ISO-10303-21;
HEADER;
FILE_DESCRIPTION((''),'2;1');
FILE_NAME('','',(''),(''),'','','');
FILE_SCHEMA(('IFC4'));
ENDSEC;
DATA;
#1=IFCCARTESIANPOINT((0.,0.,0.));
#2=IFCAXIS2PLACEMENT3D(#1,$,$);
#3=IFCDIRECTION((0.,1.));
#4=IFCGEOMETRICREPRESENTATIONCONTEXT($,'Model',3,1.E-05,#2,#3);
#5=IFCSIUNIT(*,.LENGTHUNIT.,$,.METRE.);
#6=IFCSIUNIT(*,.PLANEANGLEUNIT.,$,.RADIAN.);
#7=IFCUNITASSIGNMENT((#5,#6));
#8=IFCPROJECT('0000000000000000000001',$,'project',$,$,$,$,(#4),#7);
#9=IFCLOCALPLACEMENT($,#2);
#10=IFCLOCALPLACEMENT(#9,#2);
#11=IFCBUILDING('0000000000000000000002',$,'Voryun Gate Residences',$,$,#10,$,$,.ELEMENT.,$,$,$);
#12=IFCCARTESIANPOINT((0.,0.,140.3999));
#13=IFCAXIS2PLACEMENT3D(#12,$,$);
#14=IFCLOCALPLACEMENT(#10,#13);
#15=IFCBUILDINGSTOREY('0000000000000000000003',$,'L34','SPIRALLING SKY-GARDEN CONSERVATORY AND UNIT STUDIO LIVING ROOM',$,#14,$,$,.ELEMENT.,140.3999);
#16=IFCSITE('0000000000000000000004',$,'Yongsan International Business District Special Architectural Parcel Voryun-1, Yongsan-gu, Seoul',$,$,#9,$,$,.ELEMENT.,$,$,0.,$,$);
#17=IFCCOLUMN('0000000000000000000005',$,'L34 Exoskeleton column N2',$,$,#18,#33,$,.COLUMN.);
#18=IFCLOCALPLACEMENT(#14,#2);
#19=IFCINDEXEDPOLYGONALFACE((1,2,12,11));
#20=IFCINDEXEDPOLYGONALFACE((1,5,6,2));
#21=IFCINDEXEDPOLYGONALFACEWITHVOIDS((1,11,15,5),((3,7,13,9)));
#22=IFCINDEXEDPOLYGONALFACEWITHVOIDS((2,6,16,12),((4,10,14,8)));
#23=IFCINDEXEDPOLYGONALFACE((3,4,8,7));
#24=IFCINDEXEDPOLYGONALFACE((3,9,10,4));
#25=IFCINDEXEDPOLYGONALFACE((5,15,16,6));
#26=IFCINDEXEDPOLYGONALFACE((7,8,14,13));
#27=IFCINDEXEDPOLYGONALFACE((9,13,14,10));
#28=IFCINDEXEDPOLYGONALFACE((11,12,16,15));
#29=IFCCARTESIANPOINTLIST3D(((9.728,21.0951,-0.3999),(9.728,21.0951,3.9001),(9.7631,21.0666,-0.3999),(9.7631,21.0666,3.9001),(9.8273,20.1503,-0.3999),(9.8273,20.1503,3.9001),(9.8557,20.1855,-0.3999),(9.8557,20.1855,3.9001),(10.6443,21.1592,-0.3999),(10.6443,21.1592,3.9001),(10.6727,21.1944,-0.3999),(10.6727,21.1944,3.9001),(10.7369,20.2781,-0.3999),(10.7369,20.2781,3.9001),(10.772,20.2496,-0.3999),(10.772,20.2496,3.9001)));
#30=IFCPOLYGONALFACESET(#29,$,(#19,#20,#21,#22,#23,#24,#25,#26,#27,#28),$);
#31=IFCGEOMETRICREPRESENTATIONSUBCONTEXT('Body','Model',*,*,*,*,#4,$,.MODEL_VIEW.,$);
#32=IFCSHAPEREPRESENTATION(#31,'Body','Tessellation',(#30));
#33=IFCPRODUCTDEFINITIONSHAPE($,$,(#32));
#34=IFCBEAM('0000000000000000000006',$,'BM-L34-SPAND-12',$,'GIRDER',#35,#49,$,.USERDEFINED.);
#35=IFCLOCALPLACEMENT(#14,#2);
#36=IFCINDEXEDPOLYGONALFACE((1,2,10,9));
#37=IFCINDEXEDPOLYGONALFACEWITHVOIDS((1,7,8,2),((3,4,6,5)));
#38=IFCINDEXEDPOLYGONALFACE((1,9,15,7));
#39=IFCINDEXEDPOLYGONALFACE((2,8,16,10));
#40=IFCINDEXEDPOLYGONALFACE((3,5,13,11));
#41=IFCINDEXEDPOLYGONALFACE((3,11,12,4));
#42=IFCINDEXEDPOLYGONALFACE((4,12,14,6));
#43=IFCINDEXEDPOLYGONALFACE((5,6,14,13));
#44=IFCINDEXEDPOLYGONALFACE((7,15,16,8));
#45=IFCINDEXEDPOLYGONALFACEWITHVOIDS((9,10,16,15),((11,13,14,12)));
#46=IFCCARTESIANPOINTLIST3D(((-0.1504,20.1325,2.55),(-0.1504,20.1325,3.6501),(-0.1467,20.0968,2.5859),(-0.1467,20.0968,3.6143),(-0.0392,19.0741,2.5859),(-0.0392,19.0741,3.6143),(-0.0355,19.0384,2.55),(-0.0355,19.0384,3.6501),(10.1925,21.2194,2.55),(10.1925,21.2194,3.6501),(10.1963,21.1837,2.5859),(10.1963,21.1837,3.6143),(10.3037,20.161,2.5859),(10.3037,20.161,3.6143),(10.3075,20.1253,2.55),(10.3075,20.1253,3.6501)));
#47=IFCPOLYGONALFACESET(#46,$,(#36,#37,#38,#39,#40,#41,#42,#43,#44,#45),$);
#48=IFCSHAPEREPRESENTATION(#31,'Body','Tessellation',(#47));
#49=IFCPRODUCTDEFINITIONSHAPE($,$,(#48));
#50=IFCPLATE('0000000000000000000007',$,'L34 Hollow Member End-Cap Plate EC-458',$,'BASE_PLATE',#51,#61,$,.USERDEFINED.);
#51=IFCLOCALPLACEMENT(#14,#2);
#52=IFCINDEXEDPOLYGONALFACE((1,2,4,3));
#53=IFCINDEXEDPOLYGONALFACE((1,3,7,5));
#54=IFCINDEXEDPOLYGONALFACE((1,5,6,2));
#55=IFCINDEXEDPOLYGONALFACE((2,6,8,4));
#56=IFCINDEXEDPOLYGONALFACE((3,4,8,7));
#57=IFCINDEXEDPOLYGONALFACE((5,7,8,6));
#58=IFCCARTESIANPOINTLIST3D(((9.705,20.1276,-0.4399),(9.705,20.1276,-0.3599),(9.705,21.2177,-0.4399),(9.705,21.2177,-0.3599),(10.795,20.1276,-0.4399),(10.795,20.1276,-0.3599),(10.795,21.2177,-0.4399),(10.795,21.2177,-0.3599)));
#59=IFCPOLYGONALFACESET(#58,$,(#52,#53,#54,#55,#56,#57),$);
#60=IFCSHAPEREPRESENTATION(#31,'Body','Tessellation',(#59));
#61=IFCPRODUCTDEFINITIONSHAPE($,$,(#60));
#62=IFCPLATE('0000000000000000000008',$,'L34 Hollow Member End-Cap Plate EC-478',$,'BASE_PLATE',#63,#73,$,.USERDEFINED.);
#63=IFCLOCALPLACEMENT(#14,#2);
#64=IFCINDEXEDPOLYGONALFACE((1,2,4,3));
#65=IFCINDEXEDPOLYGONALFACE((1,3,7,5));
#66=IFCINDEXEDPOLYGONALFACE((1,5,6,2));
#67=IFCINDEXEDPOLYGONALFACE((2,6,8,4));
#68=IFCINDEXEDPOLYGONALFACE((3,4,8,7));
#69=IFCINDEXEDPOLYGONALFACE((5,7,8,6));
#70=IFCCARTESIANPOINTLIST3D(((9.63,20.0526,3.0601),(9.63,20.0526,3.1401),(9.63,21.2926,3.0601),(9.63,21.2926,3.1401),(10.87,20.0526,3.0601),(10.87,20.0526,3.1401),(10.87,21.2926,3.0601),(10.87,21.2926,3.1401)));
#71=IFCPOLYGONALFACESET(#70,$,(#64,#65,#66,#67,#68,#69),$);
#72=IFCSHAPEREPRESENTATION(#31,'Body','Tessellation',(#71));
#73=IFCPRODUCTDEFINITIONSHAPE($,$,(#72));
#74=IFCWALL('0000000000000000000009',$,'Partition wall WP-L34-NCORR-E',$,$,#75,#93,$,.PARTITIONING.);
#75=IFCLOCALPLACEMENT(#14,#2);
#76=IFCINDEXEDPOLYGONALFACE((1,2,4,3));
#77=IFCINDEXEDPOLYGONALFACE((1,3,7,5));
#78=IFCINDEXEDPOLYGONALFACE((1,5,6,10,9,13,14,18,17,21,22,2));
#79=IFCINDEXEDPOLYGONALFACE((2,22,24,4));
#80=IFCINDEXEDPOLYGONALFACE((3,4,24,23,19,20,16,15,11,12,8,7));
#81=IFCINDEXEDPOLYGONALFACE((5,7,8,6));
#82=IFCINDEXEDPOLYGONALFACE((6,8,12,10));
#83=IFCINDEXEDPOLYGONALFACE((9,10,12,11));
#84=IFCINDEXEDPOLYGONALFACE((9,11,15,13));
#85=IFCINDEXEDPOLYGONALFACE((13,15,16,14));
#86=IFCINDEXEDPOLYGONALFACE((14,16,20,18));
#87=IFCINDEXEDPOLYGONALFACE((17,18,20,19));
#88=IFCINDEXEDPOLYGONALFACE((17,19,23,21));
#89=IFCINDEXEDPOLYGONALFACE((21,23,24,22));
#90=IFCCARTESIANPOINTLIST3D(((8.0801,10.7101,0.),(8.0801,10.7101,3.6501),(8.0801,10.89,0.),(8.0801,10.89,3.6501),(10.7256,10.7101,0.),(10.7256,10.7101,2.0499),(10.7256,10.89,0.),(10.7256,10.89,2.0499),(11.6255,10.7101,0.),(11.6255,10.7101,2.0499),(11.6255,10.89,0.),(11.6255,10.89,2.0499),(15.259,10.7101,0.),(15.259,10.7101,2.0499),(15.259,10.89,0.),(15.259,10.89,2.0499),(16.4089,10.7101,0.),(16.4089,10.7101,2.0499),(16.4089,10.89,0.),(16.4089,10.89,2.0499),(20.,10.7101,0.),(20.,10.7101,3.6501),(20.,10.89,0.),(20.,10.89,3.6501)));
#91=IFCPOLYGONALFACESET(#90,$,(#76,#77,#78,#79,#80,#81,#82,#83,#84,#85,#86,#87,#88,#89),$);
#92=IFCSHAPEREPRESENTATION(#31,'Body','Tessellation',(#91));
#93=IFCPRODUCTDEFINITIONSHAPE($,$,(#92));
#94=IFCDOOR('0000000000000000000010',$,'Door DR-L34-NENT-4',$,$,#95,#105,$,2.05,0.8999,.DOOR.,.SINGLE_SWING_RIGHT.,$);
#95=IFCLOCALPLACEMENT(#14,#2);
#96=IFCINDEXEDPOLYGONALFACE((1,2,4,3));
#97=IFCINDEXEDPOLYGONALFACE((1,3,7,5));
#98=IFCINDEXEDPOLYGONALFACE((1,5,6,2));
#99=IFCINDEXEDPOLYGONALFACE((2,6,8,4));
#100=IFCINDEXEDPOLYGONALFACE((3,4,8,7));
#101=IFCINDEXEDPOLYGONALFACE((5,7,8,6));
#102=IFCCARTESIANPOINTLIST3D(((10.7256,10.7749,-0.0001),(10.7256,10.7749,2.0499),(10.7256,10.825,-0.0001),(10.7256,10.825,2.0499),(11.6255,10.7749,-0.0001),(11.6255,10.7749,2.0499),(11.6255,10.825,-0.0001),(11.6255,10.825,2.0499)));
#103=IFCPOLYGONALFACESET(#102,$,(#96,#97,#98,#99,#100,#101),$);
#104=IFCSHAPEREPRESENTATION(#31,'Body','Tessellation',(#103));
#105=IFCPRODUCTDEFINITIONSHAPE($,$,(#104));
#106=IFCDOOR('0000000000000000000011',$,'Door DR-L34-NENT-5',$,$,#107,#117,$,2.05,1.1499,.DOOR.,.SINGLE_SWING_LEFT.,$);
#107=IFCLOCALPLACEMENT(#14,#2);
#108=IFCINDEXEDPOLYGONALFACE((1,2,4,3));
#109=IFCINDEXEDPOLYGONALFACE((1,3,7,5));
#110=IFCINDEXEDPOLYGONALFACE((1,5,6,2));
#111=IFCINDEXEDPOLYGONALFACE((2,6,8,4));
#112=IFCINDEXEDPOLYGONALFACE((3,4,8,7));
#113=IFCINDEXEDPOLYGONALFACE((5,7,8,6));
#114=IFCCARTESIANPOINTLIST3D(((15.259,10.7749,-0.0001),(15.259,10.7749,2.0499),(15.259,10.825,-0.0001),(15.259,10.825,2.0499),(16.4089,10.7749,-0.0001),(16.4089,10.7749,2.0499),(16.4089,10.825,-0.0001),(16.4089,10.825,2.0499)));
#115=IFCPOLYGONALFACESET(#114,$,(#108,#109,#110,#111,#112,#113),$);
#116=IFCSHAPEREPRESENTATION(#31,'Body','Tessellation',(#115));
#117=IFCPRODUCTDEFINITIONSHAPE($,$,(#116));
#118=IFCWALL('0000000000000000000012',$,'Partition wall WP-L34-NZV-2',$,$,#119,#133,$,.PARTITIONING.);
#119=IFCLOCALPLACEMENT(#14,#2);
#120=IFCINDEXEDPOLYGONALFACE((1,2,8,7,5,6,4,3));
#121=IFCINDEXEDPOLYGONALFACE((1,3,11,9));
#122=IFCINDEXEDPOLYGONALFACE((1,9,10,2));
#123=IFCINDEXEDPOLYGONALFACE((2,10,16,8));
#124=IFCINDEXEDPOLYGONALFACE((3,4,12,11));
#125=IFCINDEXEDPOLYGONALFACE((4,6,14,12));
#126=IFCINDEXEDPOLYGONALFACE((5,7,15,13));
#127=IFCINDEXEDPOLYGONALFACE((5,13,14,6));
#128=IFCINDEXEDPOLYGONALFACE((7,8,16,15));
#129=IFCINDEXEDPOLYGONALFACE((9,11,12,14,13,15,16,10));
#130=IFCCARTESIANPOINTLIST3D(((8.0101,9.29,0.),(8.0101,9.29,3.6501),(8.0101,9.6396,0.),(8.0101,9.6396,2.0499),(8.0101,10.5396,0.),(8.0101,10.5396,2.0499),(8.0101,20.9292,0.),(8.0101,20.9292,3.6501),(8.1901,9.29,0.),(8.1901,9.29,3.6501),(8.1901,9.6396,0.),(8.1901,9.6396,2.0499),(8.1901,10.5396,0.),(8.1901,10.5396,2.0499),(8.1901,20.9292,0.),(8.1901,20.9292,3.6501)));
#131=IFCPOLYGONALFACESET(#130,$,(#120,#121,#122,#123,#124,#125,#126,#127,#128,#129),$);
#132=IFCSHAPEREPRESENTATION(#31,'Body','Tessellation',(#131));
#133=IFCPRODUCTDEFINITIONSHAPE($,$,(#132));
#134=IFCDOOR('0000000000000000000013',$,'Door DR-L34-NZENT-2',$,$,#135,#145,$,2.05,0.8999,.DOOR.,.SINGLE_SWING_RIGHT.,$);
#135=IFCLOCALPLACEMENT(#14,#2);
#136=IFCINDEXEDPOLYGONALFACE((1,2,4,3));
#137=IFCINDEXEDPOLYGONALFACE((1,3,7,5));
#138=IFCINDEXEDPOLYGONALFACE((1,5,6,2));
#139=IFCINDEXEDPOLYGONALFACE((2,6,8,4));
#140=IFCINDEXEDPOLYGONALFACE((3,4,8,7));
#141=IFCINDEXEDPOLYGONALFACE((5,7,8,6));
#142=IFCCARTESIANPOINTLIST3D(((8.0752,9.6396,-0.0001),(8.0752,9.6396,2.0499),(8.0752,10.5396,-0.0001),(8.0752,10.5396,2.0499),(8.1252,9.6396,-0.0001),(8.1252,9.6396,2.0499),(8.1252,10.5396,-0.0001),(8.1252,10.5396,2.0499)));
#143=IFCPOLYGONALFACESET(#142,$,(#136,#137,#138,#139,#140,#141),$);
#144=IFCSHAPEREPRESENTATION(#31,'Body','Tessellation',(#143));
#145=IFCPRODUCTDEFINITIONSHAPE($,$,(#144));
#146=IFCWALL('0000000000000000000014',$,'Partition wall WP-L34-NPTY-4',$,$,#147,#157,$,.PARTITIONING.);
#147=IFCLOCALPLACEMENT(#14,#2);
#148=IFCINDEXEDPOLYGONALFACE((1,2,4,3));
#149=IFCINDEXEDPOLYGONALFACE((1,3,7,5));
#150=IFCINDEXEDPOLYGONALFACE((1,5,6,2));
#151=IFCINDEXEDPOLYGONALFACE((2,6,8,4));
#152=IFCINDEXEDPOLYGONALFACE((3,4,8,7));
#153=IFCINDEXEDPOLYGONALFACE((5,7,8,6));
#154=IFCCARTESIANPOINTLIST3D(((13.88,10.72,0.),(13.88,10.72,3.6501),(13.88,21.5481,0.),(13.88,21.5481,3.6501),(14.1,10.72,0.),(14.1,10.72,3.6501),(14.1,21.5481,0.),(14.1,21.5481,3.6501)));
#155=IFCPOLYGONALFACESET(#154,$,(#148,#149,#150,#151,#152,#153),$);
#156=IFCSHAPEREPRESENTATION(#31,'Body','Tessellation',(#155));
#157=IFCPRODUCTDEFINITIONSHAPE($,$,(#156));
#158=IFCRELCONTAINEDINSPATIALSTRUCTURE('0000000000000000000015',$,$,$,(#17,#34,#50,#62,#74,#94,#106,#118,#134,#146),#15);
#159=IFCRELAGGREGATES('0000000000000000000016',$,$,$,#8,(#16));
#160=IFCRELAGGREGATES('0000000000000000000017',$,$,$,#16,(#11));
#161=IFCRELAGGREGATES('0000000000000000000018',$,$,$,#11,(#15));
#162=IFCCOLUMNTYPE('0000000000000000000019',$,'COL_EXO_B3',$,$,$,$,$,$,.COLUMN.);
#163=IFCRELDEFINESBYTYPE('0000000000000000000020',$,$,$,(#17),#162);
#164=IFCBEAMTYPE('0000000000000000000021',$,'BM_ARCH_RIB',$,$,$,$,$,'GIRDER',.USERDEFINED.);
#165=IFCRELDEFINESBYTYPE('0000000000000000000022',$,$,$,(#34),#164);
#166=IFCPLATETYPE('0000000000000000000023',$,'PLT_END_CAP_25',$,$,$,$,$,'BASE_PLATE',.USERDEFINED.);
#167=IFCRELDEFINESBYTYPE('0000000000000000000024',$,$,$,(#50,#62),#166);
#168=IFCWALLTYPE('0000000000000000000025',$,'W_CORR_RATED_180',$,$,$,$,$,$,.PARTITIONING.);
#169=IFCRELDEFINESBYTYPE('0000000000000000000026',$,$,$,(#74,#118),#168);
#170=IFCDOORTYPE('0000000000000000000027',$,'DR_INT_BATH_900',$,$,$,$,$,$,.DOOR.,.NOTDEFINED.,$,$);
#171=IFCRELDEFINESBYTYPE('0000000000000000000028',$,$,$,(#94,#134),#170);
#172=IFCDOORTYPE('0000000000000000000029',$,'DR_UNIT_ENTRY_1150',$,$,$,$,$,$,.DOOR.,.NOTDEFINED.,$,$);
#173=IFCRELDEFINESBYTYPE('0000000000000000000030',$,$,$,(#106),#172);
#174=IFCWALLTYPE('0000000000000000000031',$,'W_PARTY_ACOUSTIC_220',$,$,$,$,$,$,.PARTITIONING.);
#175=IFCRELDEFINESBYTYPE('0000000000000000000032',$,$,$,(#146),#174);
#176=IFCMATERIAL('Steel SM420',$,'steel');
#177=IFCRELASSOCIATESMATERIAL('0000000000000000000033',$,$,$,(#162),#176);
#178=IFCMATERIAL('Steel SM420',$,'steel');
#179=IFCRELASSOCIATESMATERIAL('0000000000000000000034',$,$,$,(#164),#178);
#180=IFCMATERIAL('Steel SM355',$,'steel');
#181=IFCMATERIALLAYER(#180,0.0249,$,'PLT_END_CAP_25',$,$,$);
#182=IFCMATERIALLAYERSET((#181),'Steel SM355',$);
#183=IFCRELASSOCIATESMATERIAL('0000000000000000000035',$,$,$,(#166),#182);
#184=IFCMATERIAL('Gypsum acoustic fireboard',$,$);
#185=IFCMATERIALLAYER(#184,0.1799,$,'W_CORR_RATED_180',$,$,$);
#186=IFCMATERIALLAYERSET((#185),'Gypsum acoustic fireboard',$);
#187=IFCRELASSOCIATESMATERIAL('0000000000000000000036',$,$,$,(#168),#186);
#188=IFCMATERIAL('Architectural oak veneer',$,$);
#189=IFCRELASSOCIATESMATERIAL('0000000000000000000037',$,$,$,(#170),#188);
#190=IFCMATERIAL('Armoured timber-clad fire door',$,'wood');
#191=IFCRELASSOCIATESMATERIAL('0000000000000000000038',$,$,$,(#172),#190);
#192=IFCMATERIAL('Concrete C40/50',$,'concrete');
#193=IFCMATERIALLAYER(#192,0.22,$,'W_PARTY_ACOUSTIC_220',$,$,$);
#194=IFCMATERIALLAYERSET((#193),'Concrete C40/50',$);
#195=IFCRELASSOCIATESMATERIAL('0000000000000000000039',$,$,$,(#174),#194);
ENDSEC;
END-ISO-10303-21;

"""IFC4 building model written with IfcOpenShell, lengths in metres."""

from ifc_helpers import new_model, si_unit, direction, frame, frame_2d, origin, origin_2d, place, context, subcontext, project, spatial, rectangle, hollow_rectangle, extrude, material, layer, layer_set, material_profile, profile_set, type_object, element, fill, save


model = new_model("IFC4")

# Units and contexts
model_context = context("Model", 3, precision=1e-05, world=origin(), true_north=direction((0.0, 1.0)))
body_context = subcontext(model_context, "Body", "Model", "MODEL_VIEW")
ifc_project = project(units=[si_unit("LENGTHUNIT", "METRE"), si_unit("PLANEANGLEUNIT", "RADIAN")], contexts=[model_context])

# Site, building, storey
site_placement = place(None, origin())
site = spatial("IfcSite", under=ifc_project, at=site_placement, Name="Yongsan International Business District Special Architectural Parcel Voryun-1, Yongsan-gu, Seoul", CompositionType="ELEMENT", RefElevation=0.0)
building_placement = place(site_placement, origin())
building = spatial("IfcBuilding", under=site, at=building_placement, Name="Voryun Gate Residences", CompositionType="ELEMENT")
storey_placement = place(building_placement, frame((0.0, 0.0, 140.3999)))
storey = spatial("IfcBuildingStorey", under=building, at=storey_placement, Name="L34", Description="SPIRALLING SKY-GARDEN CONSERVATORY AND UNIT STUDIO LIVING ROOM", CompositionType="ELEMENT", Elevation=140.3999)

# Column
ifc_material_1 = material(Name="Steel SM420", Category="steel")
ifc_material_profile_1 = material_profile(ifc_material_1, hollow_rectangle(XDim=0.95, YDim=0.95, WallThickness=0.032, at=origin_2d()), Name="BOX-950x950x32")
ifc_profile_set_1 = profile_set([ifc_material_profile_1], Name="Steel SM420")
column_type = type_object("IfcColumnType", Name="COL_EXO_B3", PredefinedType="COLUMN", material=ifc_profile_set_1)
column_placement = place(storey_placement, frame((10.25, 20.6724, -0.3999), z_axis=(0.0, 0.0, 1.0), x_axis=(0.994522, 0.104528, 0.0)))
element("IfcColumn", 1, at=column_placement, inside=storey, type_object=column_type, Name="L34 Exoskeleton column N2", PredefinedType="COLUMN", context=body_context, shape_type="SweptSolid", body=[
    extrude(hollow_rectangle(XDim=0.95, YDim=0.95, WallThickness=0.032, at=origin_2d()), origin(), (0.0, 0.0, 1.0), 4.3),
])

# Beam
ifc_material_2 = material(Name="Steel SM420", Category="steel")
ifc_material_profile_2 = material_profile(ifc_material_2, hollow_rectangle(XDim=1.1001, YDim=1.1001, WallThickness=0.0359, at=origin_2d()), Name="BOX-1100x1100x36")
ifc_profile_set_2 = profile_set([ifc_material_profile_2], Name="Steel SM420")
beam_type = type_object("IfcBeamType", Name="BM_ARCH_RIB", ElementType="GIRDER", PredefinedType="USERDEFINED", material=ifc_profile_set_2)
beam_placement = place(storey_placement, frame((10.25, 20.6724, 3.1001), z_axis=(-0.994524, -0.104511, 0.0), x_axis=(0.104511, -0.994524, 0.0)))
element("IfcBeam", 2, at=beam_placement, inside=storey, type_object=beam_type, Name="BM-L34-SPAND-12", ObjectType="GIRDER", PredefinedType="USERDEFINED", context=body_context, shape_type="SweptSolid", body=[
    extrude(hollow_rectangle(XDim=1.1001, YDim=1.1001, WallThickness=0.0359, at=origin_2d()), origin(), (0.0, 0.0, 1.0), 10.3999),
])

# Plates
ifc_material_3 = material(Name="Steel SM355", Category="steel")
ifc_layer_1 = layer(ifc_material_3, 0.0249, Name="PLT_END_CAP_25")
ifc_layer_set_1 = layer_set([ifc_layer_1], Name="Steel SM355")
plate_type = type_object("IfcPlateType", Name="PLT_END_CAP_25", ElementType="BASE_PLATE", PredefinedType="USERDEFINED", material=ifc_layer_set_1)
plate_1_placement = place(storey_placement, frame((10.25, 20.6726, -0.4399), z_axis=(0.0, 0.0, 1.0), x_axis=(1.0, 0.0, 0.0)))
element("IfcPlate", 3, at=plate_1_placement, inside=storey, type_object=plate_type, Name="L34 Hollow Member End-Cap Plate EC-458", ObjectType="BASE_PLATE", PredefinedType="USERDEFINED", context=body_context, shape_type="SweptSolid", body=[
    extrude(rectangle(XDim=1.0901, YDim=1.0901, at=origin_2d()), origin(), (0.0, 0.0, 1.0), 0.0801),
])
plate_2_placement = place(storey_placement, frame((10.25, 20.6726, 3.0601), z_axis=(0.0, 0.0, 1.0), x_axis=(1.0, 0.0, 0.0)))
element("IfcPlate", 4, at=plate_2_placement, inside=storey, type_object=plate_type, Name="L34 Hollow Member End-Cap Plate EC-478", ObjectType="BASE_PLATE", PredefinedType="USERDEFINED", context=body_context, shape_type="SweptSolid", body=[
    extrude(rectangle(XDim=1.24, YDim=1.24, at=origin_2d()), origin(), (0.0, 0.0, 1.0), 0.0801),
])

# Wall, openings, doors
ifc_material_4 = material(Name="Gypsum acoustic fireboard")
ifc_layer_2 = layer(ifc_material_4, 0.1799, Name="W_CORR_RATED_180")
ifc_layer_set_2 = layer_set([ifc_layer_2], Name="Gypsum acoustic fireboard")
wall_type_1 = type_object("IfcWallType", Name="W_CORR_RATED_180", PredefinedType="PARTITIONING", material=ifc_layer_set_2)
wall_1_placement = place(storey_placement, frame((8.0801, 10.8, 0.0), z_axis=(0.0, 0.0, 1.0), x_axis=(1.0, 0.0, 0.0)))
wall_1 = element("IfcWall", 5, at=wall_1_placement, inside=storey, type_object=wall_type_1, Name="Partition wall WP-L34-NCORR-E", PredefinedType="PARTITIONING", context=body_context, shape_type="SweptSolid", body=[
    extrude(rectangle(XDim=11.9199, YDim=0.1799, at=frame_2d((5.96, 0.0))), origin(), (0.0, 0.0, 1.0), 3.6501),
])
opening_1_placement = place(wall_1_placement, frame((2.6455, 0.0, 0.0)))
opening_1 = element("IfcOpeningElement", 6, at=opening_1_placement, cuts=wall_1, PredefinedType="OPENING", context=body_context, shape_type="SweptSolid", body=[
    extrude(rectangle(XDim=0.8999, YDim=2.05, at=frame_2d((0.45, 1.0249))), frame((0.0, 0.0999, 0.0), z_axis=(0.0, -1.0, 0.0), x_axis=(1.0, 0.0, 0.0)), (0.0, 0.0, 1.0), 0.2),
])
opening_2_placement = place(wall_1_placement, frame((7.179, 0.0, 0.0)))
opening_2 = element("IfcOpeningElement", 7, at=opening_2_placement, cuts=wall_1, PredefinedType="OPENING", context=body_context, shape_type="SweptSolid", body=[
    extrude(rectangle(XDim=1.1499, YDim=2.05, at=frame_2d((0.575, 1.0249))), frame((0.0, 0.0999, 0.0), z_axis=(0.0, -1.0, 0.0), x_axis=(1.0, 0.0, 0.0)), (0.0, 0.0, 1.0), 0.2),
])
ifc_material_5 = material(Name="Architectural oak veneer")
door_type_1 = type_object("IfcDoorType", Name="DR_INT_BATH_900", OperationType="NOTDEFINED", PredefinedType="DOOR", material=ifc_material_5)
door_1_placement = place(opening_1_placement, origin())
door_1 = element("IfcDoor", 8, at=door_1_placement, inside=storey, type_object=door_type_1, Name="Door DR-L34-NENT-4", OperationType="SINGLE_SWING_RIGHT", OverallHeight=2.05, OverallWidth=0.8999, PredefinedType="DOOR", context=body_context, shape_type="SweptSolid", body=[
    extrude(rectangle(XDim=0.8999, YDim=2.05, at=frame_2d((0.45, 1.0249))), frame((0.0, 0.0249, 0.0), z_axis=(0.0, -1.0, 0.0), x_axis=(1.0, 0.0, 0.0)), (0.0, 0.0, 1.0), 0.05),
])
fill(opening_1, door_1)
ifc_material_6 = material(Name="Armoured timber-clad fire door", Category="wood")
door_type_2 = type_object("IfcDoorType", Name="DR_UNIT_ENTRY_1150", OperationType="NOTDEFINED", PredefinedType="DOOR", material=ifc_material_6)
door_2_placement = place(opening_2_placement, origin())
door_2 = element("IfcDoor", 9, at=door_2_placement, inside=storey, type_object=door_type_2, Name="Door DR-L34-NENT-5", OperationType="SINGLE_SWING_LEFT", OverallHeight=2.05, OverallWidth=1.1499, PredefinedType="DOOR", context=body_context, shape_type="SweptSolid", body=[
    extrude(rectangle(XDim=1.1499, YDim=2.05, at=frame_2d((0.575, 1.0249))), frame((0.0, 0.0249, 0.0), z_axis=(0.0, -1.0, 0.0), x_axis=(1.0, 0.0, 0.0)), (0.0, 0.0, 1.0), 0.05),
])
fill(opening_2, door_2)

# Wall, opening, door
wall_2_placement = place(storey_placement, frame((8.1001, 9.29, 0.0), z_axis=(0.0, 0.0, 1.0), x_axis=(0.0, 1.0, 0.0)))
wall_2 = element("IfcWall", 10, at=wall_2_placement, inside=storey, type_object=wall_type_1, Name="Partition wall WP-L34-NZV-2", PredefinedType="PARTITIONING", context=body_context, shape_type="SweptSolid", body=[
    extrude(rectangle(XDim=11.6392, YDim=0.1799, at=frame_2d((5.8196, 0.0))), origin(), (0.0, 0.0, 1.0), 3.6501),
])
opening_3_placement = place(wall_2_placement, frame((0.3496, 0.0, 0.0)))
opening_3 = element("IfcOpeningElement", 11, at=opening_3_placement, cuts=wall_2, PredefinedType="OPENING", context=body_context, shape_type="SweptSolid", body=[
    extrude(rectangle(XDim=0.8999, YDim=2.05, at=frame_2d((0.45, 1.0249))), frame((0.0, 0.0999, 0.0), z_axis=(0.0, -1.0, 0.0), x_axis=(1.0, 0.0, 0.0)), (0.0, 0.0, 1.0), 0.2),
])
door_3_placement = place(opening_3_placement, origin())
door_3 = element("IfcDoor", 12, at=door_3_placement, inside=storey, type_object=door_type_1, Name="Door DR-L34-NZENT-2", OperationType="SINGLE_SWING_RIGHT", OverallHeight=2.05, OverallWidth=0.8999, PredefinedType="DOOR", context=body_context, shape_type="SweptSolid", body=[
    extrude(rectangle(XDim=0.8999, YDim=2.05, at=frame_2d((0.45, 1.0249))), frame((0.0, 0.0249, 0.0), z_axis=(0.0, -1.0, 0.0), x_axis=(1.0, 0.0, 0.0)), (0.0, 0.0, 1.0), 0.05),
])
fill(opening_3, door_3)

# Wall
ifc_material_7 = material(Name="Concrete C40/50", Category="concrete")
ifc_layer_3 = layer(ifc_material_7, 0.22, Name="W_PARTY_ACOUSTIC_220")
ifc_layer_set_3 = layer_set([ifc_layer_3], Name="Concrete C40/50")
wall_type_2 = type_object("IfcWallType", Name="W_PARTY_ACOUSTIC_220", PredefinedType="PARTITIONING", material=ifc_layer_set_3)
wall_3_placement = place(storey_placement, frame((13.99, 10.72, 0.0), z_axis=(0.0, 0.0, 1.0), x_axis=(0.0, 1.0, 0.0)))
element("IfcWall", 13, at=wall_3_placement, inside=storey, type_object=wall_type_2, Name="Partition wall WP-L34-NPTY-4", PredefinedType="PARTITIONING", context=body_context, shape_type="SweptSolid", body=[
    extrude(rectangle(XDim=10.8281, YDim=0.22, at=frame_2d((5.4141, 0.0))), origin(), (0.0, 0.0, 1.0), 3.6501),
])

save(model, "model.ifc")
